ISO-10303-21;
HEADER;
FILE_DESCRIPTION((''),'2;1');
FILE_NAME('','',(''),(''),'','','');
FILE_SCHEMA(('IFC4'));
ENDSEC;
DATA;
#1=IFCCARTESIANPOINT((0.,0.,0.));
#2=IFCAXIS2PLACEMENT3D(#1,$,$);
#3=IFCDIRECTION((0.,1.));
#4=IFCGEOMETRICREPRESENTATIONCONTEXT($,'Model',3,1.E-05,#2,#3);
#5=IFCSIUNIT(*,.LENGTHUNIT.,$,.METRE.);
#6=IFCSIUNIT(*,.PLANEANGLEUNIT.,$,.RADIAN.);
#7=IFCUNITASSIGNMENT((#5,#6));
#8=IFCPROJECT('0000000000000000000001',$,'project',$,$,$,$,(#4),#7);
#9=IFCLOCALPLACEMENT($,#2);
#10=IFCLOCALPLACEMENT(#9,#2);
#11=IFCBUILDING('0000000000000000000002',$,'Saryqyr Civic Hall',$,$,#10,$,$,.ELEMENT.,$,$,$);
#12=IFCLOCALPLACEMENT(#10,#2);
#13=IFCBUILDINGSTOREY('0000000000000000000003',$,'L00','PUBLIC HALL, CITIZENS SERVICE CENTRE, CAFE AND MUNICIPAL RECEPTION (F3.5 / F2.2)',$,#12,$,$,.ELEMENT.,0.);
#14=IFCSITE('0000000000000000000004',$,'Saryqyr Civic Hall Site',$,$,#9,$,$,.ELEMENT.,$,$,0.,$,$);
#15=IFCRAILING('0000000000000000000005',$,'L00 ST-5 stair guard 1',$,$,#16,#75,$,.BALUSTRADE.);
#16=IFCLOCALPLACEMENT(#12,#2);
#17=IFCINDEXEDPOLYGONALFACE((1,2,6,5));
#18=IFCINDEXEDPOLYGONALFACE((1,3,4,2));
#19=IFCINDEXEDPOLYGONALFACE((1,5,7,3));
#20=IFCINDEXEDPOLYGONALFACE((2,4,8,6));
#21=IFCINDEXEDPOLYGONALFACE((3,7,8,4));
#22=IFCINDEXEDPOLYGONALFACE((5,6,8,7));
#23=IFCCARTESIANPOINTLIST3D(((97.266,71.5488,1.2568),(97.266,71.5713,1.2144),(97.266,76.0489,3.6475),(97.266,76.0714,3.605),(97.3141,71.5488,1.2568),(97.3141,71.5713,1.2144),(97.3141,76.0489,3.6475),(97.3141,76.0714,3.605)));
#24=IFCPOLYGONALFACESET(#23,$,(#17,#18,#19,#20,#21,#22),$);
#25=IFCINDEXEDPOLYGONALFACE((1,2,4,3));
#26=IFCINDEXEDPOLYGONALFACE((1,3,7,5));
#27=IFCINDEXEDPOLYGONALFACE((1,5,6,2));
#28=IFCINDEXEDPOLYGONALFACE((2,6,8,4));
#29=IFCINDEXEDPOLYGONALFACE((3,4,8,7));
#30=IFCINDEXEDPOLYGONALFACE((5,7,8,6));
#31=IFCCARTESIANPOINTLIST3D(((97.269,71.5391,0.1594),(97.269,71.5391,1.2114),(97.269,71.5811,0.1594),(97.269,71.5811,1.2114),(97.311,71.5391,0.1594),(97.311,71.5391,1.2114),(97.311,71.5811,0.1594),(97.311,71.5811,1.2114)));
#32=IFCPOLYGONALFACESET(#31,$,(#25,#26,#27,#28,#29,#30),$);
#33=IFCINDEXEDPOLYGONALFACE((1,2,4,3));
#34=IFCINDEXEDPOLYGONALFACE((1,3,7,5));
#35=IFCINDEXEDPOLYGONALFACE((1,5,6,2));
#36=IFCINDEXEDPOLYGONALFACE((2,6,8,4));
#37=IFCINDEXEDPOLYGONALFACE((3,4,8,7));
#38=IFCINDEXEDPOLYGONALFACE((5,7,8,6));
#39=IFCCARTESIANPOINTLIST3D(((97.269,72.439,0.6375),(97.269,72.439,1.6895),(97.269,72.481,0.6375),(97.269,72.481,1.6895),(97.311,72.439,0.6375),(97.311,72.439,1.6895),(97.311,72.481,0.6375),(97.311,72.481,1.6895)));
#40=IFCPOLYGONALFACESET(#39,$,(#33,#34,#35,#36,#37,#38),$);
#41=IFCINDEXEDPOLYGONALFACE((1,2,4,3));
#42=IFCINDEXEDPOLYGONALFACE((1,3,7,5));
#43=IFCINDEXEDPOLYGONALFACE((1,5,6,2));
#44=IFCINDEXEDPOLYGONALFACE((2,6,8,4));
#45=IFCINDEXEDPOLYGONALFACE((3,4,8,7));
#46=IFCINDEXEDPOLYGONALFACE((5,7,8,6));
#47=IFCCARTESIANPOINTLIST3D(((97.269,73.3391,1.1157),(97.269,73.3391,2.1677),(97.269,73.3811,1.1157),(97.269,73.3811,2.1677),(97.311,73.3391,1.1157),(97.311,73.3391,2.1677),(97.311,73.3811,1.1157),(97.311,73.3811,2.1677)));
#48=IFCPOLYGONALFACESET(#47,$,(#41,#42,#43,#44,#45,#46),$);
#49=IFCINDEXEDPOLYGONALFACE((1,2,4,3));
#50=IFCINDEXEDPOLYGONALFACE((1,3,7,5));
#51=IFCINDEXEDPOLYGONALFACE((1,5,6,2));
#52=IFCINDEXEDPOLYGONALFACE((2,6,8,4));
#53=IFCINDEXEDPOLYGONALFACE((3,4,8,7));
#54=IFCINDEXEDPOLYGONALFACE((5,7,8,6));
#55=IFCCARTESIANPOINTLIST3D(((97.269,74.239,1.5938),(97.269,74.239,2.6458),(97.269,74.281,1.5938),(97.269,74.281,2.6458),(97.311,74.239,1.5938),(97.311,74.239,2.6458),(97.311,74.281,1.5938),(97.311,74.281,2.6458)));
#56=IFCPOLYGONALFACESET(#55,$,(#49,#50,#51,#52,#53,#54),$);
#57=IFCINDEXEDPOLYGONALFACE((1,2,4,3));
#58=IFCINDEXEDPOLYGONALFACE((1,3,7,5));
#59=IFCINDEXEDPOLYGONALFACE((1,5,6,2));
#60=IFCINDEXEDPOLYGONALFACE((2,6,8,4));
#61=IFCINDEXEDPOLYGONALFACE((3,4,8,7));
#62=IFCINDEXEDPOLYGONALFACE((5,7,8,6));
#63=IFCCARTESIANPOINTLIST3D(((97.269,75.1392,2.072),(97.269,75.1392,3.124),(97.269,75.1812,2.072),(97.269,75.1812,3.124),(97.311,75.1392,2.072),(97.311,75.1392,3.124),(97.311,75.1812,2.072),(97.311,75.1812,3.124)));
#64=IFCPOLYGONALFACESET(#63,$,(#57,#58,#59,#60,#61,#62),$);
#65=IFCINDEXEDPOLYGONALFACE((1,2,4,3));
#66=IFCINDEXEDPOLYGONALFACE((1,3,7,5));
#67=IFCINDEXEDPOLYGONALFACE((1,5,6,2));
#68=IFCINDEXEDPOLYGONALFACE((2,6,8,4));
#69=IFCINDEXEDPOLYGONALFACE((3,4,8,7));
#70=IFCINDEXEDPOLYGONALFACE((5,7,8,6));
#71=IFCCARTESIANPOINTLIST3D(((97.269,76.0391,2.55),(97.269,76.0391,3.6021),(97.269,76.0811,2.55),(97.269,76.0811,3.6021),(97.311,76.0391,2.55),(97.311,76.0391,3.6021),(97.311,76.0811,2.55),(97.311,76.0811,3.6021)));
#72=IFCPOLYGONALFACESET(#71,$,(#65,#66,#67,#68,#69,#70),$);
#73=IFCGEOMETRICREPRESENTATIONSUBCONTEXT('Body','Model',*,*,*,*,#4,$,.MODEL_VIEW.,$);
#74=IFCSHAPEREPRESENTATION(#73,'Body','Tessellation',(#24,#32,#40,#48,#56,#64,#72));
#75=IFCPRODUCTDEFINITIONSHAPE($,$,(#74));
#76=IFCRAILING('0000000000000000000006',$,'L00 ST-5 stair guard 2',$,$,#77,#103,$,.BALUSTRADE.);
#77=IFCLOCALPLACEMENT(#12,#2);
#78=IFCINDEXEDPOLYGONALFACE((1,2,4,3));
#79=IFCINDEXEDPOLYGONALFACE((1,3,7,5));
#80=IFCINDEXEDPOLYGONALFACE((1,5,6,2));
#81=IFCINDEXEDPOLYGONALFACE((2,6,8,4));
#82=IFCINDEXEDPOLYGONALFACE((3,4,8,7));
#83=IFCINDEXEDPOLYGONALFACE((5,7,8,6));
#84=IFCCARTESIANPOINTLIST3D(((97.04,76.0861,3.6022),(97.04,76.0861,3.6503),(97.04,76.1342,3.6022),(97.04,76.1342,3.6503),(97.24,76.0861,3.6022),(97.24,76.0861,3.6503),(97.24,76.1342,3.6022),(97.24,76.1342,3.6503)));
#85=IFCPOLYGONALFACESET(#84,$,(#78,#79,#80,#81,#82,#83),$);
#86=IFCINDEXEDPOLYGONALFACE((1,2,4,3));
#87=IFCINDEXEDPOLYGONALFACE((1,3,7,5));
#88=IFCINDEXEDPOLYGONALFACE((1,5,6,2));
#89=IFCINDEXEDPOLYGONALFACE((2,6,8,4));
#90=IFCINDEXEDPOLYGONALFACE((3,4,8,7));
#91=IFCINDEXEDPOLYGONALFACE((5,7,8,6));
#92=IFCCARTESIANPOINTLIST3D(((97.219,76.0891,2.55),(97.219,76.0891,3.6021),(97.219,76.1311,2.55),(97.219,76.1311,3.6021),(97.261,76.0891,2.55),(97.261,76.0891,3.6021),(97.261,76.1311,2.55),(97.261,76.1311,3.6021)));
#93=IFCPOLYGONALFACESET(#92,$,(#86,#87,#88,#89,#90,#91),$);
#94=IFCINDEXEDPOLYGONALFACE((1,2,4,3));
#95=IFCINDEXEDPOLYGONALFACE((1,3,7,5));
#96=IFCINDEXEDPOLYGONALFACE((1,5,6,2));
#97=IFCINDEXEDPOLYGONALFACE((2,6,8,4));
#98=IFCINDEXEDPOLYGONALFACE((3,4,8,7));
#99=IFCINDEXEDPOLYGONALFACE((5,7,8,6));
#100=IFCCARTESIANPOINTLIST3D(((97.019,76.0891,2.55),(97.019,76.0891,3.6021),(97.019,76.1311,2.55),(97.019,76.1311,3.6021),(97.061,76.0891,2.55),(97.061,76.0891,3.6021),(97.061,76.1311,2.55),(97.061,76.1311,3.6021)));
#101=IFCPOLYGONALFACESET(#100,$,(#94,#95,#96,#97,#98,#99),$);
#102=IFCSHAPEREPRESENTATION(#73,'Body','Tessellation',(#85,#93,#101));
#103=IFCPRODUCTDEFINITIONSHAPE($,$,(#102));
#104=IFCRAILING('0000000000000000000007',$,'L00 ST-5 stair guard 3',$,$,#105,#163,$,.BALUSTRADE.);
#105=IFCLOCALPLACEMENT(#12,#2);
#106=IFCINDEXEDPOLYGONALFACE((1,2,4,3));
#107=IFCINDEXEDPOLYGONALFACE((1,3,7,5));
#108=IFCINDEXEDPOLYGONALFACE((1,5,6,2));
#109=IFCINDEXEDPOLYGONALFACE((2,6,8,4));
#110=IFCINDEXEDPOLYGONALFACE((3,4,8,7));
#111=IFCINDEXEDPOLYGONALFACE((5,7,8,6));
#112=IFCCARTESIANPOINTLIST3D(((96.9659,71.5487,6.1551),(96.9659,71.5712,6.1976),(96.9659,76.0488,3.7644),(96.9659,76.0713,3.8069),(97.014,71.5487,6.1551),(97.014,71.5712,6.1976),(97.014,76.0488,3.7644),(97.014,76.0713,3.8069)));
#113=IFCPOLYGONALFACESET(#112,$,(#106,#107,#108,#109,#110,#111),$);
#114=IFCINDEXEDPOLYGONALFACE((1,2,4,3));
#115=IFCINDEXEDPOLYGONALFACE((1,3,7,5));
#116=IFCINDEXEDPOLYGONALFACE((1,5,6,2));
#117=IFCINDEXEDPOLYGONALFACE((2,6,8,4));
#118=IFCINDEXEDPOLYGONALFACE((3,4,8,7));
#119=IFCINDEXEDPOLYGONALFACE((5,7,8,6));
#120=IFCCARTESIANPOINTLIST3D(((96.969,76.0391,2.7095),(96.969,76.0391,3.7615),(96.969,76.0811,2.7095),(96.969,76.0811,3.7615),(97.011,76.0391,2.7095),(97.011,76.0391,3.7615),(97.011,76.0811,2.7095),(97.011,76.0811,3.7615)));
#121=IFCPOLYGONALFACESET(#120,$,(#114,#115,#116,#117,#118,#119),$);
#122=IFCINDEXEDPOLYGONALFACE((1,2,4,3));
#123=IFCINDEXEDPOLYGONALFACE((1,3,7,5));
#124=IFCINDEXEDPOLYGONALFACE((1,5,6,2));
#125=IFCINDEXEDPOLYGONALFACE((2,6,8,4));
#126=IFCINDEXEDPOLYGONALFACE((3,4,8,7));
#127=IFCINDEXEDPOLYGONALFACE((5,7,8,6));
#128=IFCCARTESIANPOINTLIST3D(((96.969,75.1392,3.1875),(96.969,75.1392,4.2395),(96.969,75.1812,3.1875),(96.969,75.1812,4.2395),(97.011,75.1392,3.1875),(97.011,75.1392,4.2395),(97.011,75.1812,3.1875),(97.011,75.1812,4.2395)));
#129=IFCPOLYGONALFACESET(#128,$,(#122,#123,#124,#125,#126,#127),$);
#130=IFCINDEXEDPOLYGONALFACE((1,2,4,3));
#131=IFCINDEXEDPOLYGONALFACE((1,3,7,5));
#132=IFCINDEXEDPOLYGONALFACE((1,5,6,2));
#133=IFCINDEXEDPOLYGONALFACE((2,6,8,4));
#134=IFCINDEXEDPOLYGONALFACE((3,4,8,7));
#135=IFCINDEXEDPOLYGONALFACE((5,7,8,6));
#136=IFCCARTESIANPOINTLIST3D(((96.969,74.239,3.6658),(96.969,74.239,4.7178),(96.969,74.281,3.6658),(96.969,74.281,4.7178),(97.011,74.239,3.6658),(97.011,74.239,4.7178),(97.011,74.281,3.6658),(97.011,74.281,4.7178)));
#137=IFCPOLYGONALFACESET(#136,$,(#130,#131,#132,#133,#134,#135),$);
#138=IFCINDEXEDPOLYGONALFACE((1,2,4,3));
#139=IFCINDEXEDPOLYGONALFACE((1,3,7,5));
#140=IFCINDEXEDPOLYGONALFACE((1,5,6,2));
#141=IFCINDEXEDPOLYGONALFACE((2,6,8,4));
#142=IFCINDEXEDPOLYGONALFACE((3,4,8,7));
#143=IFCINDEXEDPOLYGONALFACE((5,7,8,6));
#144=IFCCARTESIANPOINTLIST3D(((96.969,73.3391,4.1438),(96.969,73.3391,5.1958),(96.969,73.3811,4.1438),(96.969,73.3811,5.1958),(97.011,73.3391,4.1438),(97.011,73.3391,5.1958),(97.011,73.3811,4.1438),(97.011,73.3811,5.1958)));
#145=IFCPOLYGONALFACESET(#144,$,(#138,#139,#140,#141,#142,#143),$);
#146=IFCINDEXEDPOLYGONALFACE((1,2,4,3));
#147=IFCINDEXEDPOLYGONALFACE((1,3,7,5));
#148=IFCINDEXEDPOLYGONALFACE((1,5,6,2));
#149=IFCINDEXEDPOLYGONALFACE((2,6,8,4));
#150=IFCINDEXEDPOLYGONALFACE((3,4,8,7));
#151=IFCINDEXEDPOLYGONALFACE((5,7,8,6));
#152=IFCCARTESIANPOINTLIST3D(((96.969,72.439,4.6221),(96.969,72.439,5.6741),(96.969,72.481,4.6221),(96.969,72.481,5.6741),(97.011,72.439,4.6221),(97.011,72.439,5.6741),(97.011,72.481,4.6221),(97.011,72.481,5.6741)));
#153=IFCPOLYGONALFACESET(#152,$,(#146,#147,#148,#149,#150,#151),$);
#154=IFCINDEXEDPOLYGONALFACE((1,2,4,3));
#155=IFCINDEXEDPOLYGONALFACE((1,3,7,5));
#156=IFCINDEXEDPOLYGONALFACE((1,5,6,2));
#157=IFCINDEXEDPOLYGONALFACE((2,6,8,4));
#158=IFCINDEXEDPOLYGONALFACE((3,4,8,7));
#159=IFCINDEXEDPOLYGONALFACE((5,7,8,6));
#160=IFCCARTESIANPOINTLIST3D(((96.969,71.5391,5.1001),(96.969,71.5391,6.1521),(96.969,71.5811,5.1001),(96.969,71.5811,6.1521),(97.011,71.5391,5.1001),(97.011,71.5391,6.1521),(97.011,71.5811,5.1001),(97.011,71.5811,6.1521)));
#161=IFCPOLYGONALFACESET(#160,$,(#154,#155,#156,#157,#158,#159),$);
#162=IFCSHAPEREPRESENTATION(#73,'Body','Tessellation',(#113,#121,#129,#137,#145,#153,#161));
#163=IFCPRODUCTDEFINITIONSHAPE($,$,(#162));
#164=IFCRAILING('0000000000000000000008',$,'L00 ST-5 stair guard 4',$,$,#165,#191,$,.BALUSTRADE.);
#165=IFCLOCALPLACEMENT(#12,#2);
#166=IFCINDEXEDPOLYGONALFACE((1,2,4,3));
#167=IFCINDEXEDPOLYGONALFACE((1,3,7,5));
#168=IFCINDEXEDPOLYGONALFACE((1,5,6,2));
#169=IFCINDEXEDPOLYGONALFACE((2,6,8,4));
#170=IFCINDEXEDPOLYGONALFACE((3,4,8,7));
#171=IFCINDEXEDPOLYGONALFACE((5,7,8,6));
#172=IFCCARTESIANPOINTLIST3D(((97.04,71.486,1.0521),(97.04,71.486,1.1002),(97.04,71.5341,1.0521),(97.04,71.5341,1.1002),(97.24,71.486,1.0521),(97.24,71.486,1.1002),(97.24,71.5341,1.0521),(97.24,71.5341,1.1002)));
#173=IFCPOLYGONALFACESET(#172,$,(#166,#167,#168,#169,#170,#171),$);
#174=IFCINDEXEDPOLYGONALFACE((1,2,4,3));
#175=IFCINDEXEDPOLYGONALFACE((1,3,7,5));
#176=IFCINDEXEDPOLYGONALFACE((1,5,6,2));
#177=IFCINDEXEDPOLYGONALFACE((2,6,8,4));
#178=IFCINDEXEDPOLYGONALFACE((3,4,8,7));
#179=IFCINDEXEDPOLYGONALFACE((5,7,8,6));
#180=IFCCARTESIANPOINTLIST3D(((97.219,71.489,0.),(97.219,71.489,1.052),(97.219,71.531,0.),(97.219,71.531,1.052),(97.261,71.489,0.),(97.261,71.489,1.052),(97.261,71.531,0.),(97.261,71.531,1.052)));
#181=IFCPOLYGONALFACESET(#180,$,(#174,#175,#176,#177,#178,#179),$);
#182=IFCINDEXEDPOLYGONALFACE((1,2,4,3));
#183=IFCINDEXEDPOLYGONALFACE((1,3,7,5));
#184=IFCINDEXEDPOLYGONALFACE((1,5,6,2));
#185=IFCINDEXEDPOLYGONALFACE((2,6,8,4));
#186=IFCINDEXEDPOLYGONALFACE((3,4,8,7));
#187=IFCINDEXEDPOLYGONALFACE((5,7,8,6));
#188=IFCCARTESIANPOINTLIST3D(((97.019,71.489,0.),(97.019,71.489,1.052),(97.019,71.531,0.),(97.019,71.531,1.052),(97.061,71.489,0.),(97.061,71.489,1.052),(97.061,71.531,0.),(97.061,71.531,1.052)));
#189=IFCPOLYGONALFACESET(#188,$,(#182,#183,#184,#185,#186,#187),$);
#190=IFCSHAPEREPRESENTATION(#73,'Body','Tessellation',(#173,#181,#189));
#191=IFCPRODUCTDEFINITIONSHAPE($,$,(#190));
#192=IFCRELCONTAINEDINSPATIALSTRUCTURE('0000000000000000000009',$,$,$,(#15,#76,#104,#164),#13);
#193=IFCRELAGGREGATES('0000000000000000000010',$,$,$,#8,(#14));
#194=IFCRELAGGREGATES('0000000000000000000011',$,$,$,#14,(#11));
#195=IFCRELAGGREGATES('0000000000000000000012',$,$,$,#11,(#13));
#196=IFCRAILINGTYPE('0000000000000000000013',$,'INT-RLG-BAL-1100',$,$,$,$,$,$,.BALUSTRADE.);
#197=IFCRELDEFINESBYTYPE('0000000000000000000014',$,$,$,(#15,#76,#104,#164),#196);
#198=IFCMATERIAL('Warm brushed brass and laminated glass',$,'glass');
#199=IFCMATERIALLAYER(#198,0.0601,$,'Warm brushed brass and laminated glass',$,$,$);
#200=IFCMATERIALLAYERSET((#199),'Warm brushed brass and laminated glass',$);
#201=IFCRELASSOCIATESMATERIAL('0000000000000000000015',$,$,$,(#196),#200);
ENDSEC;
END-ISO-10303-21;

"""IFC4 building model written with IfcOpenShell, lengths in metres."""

from ifc_helpers import new_model, si_unit, direction, frame, origin, origin_2d, place, context, subcontext, project, spatial, rectangle, extrude, material, layer, layer_set, type_object, element, save


model = new_model("IFC4")

# Units and contexts
model_context = context("Model", 3, precision=1e-05, world=origin(), true_north=direction((0.0, 1.0)))
body_context = subcontext(model_context, "Body", "Model", "MODEL_VIEW")
ifc_project = project(units=[si_unit("LENGTHUNIT", "METRE"), si_unit("PLANEANGLEUNIT", "RADIAN")], contexts=[model_context])

# Site, building, storey
site_placement = place(None, origin())
site = spatial("IfcSite", under=ifc_project, at=site_placement, Name="Saryqyr Civic Hall Site", CompositionType="ELEMENT", RefElevation=0.0)
building_placement = place(site_placement, origin())
building = spatial("IfcBuilding", under=site, at=building_placement, Name="Saryqyr Civic Hall", CompositionType="ELEMENT")
storey_placement = place(building_placement, origin())
storey = spatial("IfcBuildingStorey", under=building, at=storey_placement, Name="L00", Description="PUBLIC HALL, CITIZENS SERVICE CENTRE, CAFE AND MUNICIPAL RECEPTION (F3.5 / F2.2)", CompositionType="ELEMENT", Elevation=0.0)

# Railings
ifc_material_1 = material(Name="Warm brushed brass and laminated glass", Category="glass")
ifc_layer_1 = layer(ifc_material_1, 0.0601, Name="Warm brushed brass and laminated glass")
ifc_layer_set_1 = layer_set([ifc_layer_1], Name="Warm brushed brass and laminated glass")
railing_type_1 = type_object("IfcRailingType", Name="INT-RLG-BAL-1100", PredefinedType="BALUSTRADE", material=ifc_layer_set_1)
railing_1_placement = place(storey_placement, frame((97.29, 71.5601, 0.1594)))
element("IfcRailing", 1, at=railing_1_placement, inside=storey, type_object=railing_type_1, Name="L00 ST-5 stair guard 1", PredefinedType="BALUSTRADE", context=body_context, shape_type="SweptSolid", body=[
    extrude(rectangle(XDim=0.0481, YDim=0.0481, at=origin_2d()), frame((0.0, 0.0, 1.0762), z_axis=(0.0, 0.883116, 0.469155), x_axis=(-1.0, 0.0, 0.0)), (0.0, 0.0, 1.0), 5.0957),
    extrude(rectangle(XDim=0.042, YDim=0.042, at=origin_2d()), origin(), (0.0, 0.0, 1.0), 1.052),
    extrude(rectangle(XDim=0.042, YDim=0.042, at=origin_2d()), frame((0.0, 0.8999, 0.478)), (0.0, 0.0, 1.0), 1.052),
    extrude(rectangle(XDim=0.042, YDim=0.042, at=origin_2d()), frame((0.0, 1.8, 0.9563)), (0.0, 0.0, 1.0), 1.052),
    extrude(rectangle(XDim=0.042, YDim=0.042, at=origin_2d()), frame((0.0, 2.7, 1.4343)), (0.0, 0.0, 1.0), 1.052),
    extrude(rectangle(XDim=0.042, YDim=0.042, at=origin_2d()), frame((0.0, 3.6001, 1.9126)), (0.0, 0.0, 1.0), 1.052),
    extrude(rectangle(XDim=0.042, YDim=0.042, at=origin_2d()), frame((0.0, 4.5, 2.3906)), (0.0, 0.0, 1.0), 1.052),
])
railing_2_placement = place(storey_placement, frame((97.24, 76.1101, 2.55)))
element("IfcRailing", 2, at=railing_2_placement, inside=storey, type_object=railing_type_1, Name="L00 ST-5 stair guard 2", PredefinedType="BALUSTRADE", context=body_context, shape_type="SweptSolid", body=[
    extrude(rectangle(XDim=0.0481, YDim=0.0481, at=origin_2d()), frame((0.0, 0.0, 1.0762), z_axis=(-1.0, 0.0, 0.0), x_axis=(0.0, -1.0, 0.0)), (0.0, 0.0, 1.0), 0.2),
    extrude(rectangle(XDim=0.042, YDim=0.042, at=origin_2d()), origin(), (0.0, 0.0, 1.0), 1.052),
    extrude(rectangle(XDim=0.042, YDim=0.042, at=origin_2d()), frame((-0.2, 0.0, 0.0)), (0.0, 0.0, 1.0), 1.052),
])
railing_3_placement = place(storey_placement, frame((96.99, 76.0601, 2.7095)))
element("IfcRailing", 3, at=railing_3_placement, inside=storey, type_object=railing_type_1, Name="L00 ST-5 stair guard 3", PredefinedType="BALUSTRADE", context=body_context, shape_type="SweptSolid", body=[
    extrude(rectangle(XDim=0.0481, YDim=0.0481, at=origin_2d()), frame((0.0, 0.0, 1.0762), z_axis=(0.0, -0.883116, 0.469155), x_axis=(1.0, 0.0, 0.0)), (0.0, 0.0, 1.0), 5.0957),
    extrude(rectangle(XDim=0.042, YDim=0.042, at=origin_2d()), origin(), (0.0, 0.0, 1.0), 1.052),
    extrude(rectangle(XDim=0.042, YDim=0.042, at=origin_2d()), frame((0.0, -0.8999, 0.478)), (0.0, 0.0, 1.0), 1.052),
    extrude(rectangle(XDim=0.042, YDim=0.042, at=origin_2d()), frame((0.0, -1.8, 0.9563)), (0.0, 0.0, 1.0), 1.052),
    extrude(rectangle(XDim=0.042, YDim=0.042, at=origin_2d()), frame((0.0, -2.7, 1.4343)), (0.0, 0.0, 1.0), 1.052),
    extrude(rectangle(XDim=0.042, YDim=0.042, at=origin_2d()), frame((0.0, -3.6001, 1.9126)), (0.0, 0.0, 1.0), 1.052),
    extrude(rectangle(XDim=0.042, YDim=0.042, at=origin_2d()), frame((0.0, -4.5, 2.3906)), (0.0, 0.0, 1.0), 1.052),
])
railing_4_placement = place(storey_placement, frame((97.24, 71.51, 0.0)))
element("IfcRailing", 4, at=railing_4_placement, inside=storey, type_object=railing_type_1, Name="L00 ST-5 stair guard 4", PredefinedType="BALUSTRADE", context=body_context, shape_type="SweptSolid", body=[
    extrude(rectangle(XDim=0.0481, YDim=0.0481, at=origin_2d()), frame((0.0, 0.0, 1.0762), z_axis=(-1.0, 0.0, 0.0), x_axis=(0.0, -1.0, 0.0)), (0.0, 0.0, 1.0), 0.2),
    extrude(rectangle(XDim=0.042, YDim=0.042, at=origin_2d()), origin(), (0.0, 0.0, 1.0), 1.052),
    extrude(rectangle(XDim=0.042, YDim=0.042, at=origin_2d()), frame((-0.2, 0.0, 0.0)), (0.0, 0.0, 1.0), 1.052),
])

save(model, "model.ifc")
